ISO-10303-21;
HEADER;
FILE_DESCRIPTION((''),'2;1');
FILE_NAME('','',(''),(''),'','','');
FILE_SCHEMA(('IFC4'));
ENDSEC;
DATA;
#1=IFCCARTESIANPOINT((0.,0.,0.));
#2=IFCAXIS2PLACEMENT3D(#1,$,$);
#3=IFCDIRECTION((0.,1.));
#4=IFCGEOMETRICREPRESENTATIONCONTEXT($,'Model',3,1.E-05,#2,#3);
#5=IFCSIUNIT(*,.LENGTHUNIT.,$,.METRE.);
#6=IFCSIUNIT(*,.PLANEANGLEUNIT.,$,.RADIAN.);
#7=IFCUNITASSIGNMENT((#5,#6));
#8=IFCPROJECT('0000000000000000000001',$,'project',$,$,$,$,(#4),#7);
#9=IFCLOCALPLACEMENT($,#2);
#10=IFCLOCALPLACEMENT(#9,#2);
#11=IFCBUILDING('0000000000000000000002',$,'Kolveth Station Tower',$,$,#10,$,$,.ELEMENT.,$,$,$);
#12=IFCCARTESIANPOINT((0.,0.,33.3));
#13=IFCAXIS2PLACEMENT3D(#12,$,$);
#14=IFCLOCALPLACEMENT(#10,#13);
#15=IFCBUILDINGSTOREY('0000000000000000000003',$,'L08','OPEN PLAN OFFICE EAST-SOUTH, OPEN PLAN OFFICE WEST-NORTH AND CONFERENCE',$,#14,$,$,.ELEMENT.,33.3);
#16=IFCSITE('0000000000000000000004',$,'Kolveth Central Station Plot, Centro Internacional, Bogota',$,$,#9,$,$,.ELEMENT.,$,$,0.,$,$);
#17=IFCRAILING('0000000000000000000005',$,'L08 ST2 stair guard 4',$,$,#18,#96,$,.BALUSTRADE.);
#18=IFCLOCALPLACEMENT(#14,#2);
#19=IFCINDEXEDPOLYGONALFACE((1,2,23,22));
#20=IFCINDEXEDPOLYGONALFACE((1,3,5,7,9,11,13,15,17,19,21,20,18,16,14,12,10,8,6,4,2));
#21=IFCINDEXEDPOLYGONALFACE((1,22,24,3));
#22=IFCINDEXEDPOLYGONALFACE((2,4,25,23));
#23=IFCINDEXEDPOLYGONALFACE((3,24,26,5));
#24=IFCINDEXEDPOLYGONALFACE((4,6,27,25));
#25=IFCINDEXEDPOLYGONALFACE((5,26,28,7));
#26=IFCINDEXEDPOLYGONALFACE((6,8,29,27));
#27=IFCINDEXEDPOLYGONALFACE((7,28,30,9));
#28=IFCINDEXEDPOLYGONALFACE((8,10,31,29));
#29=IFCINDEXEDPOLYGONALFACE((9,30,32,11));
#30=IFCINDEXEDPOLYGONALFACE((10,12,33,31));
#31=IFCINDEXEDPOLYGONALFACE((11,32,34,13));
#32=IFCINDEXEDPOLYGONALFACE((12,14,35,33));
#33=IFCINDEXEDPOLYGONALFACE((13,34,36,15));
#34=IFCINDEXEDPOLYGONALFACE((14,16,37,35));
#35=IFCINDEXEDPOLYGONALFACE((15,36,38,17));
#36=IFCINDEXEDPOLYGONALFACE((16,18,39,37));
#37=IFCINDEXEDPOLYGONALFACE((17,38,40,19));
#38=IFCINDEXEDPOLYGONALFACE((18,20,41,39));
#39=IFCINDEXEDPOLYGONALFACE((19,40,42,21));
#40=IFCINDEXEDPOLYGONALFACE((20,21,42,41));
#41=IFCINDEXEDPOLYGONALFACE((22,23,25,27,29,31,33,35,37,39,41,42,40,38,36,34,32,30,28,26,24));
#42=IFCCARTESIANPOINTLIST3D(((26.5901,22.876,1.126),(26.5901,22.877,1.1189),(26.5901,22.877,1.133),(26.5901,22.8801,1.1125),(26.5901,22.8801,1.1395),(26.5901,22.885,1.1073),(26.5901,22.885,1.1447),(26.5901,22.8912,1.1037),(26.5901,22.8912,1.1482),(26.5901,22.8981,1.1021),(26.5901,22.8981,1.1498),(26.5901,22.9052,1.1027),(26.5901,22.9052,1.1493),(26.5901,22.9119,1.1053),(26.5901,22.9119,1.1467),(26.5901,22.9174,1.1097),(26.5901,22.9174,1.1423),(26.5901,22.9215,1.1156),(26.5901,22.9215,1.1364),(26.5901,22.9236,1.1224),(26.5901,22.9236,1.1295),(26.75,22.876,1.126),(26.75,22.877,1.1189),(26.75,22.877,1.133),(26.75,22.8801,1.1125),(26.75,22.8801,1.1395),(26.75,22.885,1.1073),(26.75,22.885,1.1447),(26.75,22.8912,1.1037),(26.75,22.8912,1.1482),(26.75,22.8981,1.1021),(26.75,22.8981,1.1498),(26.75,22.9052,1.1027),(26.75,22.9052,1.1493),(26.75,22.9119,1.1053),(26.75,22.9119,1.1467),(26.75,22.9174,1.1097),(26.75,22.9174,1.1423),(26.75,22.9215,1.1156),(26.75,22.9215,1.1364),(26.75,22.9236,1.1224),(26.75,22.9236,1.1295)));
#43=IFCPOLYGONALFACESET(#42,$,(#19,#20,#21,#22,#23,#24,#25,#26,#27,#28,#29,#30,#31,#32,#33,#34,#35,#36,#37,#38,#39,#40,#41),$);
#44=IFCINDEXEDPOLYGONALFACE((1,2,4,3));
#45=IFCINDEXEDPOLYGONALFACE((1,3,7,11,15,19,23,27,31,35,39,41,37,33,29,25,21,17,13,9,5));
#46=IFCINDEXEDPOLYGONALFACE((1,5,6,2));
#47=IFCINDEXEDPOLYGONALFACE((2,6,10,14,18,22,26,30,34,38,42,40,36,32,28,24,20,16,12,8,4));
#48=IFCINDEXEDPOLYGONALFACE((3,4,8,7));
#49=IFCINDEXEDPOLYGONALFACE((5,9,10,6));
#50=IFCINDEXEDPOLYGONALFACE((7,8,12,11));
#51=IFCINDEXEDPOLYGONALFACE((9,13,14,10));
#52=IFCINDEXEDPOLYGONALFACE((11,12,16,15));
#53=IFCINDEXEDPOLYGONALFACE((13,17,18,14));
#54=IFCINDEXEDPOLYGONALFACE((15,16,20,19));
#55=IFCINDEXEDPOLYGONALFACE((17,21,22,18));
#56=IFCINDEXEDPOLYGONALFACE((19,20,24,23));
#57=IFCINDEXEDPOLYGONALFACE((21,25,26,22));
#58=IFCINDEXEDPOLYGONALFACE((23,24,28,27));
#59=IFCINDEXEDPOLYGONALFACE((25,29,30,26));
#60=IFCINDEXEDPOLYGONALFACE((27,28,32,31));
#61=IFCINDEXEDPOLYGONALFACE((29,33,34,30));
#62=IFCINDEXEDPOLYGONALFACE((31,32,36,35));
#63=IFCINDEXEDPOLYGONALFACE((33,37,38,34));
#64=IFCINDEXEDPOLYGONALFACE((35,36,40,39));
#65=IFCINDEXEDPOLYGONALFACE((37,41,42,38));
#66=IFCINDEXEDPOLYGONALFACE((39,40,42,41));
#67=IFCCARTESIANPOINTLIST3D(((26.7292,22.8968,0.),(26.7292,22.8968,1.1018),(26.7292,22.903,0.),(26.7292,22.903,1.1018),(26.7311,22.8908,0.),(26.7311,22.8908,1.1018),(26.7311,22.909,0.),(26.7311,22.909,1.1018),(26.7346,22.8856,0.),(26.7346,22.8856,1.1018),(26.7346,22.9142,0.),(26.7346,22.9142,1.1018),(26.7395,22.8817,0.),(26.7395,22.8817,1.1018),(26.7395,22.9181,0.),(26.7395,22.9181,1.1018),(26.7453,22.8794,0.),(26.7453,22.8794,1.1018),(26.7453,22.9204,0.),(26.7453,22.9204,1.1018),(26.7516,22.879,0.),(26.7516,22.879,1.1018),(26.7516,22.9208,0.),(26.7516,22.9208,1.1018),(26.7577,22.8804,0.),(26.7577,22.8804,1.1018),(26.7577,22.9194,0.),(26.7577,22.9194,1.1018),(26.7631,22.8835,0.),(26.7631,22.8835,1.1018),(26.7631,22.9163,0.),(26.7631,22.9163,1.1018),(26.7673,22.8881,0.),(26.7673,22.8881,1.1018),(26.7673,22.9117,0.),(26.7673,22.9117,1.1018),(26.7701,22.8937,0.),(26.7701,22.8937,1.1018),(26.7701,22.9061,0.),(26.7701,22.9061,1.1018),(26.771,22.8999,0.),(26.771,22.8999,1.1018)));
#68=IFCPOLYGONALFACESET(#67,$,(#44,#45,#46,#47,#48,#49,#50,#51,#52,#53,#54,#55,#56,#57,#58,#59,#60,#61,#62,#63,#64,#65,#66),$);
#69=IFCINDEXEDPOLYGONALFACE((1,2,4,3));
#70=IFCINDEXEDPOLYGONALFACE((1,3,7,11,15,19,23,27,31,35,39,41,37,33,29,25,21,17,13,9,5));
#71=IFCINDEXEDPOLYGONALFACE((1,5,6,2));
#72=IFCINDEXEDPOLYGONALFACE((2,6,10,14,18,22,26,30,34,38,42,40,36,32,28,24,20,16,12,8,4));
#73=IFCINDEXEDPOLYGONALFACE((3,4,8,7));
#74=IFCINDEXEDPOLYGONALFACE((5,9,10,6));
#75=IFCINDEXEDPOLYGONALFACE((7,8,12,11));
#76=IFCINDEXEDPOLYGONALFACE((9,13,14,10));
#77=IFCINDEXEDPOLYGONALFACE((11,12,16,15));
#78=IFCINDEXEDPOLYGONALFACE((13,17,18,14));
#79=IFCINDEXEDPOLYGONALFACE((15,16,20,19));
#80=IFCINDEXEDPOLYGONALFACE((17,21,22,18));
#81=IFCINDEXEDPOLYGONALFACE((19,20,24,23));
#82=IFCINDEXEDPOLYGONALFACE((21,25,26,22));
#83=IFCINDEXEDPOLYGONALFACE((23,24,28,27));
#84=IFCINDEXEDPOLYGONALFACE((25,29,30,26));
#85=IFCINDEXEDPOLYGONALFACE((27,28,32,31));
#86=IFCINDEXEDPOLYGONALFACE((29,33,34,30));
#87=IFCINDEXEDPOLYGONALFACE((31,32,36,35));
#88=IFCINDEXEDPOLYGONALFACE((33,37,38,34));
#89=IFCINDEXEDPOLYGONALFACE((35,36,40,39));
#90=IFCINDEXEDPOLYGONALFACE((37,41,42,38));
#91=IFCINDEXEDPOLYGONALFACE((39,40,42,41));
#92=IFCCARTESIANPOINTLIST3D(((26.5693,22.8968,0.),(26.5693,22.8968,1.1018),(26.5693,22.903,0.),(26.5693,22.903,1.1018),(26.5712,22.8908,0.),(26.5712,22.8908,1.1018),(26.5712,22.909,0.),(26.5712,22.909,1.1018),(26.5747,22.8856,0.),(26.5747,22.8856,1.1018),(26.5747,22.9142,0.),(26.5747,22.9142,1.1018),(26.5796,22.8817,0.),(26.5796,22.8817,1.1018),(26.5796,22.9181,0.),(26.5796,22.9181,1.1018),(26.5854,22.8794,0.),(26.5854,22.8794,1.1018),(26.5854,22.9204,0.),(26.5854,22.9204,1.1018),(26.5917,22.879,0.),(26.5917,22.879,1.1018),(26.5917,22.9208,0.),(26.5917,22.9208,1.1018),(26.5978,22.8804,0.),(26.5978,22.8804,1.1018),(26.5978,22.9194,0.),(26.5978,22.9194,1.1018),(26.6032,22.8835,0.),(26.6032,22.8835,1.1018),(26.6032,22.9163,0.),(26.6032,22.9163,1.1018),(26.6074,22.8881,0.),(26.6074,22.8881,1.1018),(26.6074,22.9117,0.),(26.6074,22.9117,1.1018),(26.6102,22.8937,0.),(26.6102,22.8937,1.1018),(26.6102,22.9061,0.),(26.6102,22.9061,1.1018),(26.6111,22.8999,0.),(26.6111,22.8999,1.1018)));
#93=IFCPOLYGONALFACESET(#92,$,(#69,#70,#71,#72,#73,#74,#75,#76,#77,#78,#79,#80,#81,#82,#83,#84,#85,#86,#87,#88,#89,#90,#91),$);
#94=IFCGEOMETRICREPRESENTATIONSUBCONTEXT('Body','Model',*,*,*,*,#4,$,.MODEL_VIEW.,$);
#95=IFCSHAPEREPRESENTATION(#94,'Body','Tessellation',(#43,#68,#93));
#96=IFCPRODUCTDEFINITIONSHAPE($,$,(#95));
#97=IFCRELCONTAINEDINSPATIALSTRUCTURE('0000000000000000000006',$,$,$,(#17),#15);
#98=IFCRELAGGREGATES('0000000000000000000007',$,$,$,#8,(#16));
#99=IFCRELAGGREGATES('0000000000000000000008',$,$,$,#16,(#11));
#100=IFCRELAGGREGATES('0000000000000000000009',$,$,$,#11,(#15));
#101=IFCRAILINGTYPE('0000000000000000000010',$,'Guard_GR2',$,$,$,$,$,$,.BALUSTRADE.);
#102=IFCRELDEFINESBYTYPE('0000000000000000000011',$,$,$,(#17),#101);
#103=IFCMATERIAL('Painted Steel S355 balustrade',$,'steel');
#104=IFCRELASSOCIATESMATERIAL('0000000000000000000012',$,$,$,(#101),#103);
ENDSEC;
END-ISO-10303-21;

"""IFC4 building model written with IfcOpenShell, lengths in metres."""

from ifc_helpers import new_model, si_unit, direction, frame, origin, origin_2d, place, context, subcontext, project, spatial, circle, extrude, material, type_object, element, save


model = new_model("IFC4")

# Units and contexts
model_context = context("Model", 3, precision=1e-05, world=origin(), true_north=direction((0.0, 1.0)))
body_context = subcontext(model_context, "Body", "Model", "MODEL_VIEW")
ifc_project = project(units=[si_unit("LENGTHUNIT", "METRE"), si_unit("PLANEANGLEUNIT", "RADIAN")], contexts=[model_context])

# Site, building, storey
site_placement = place(None, origin())
site = spatial("IfcSite", under=ifc_project, at=site_placement, Name="Kolveth Central Station Plot, Centro Internacional, Bogota", CompositionType="ELEMENT", RefElevation=0.0)
building_placement = place(site_placement, origin())
building = spatial("IfcBuilding", under=site, at=building_placement, Name="Kolveth Station Tower", CompositionType="ELEMENT")
storey_placement = place(building_placement, frame((0.0, 0.0, 33.3)))
storey = spatial("IfcBuildingStorey", under=building, at=storey_placement, Name="L08", Description="OPEN PLAN OFFICE EAST-SOUTH, OPEN PLAN OFFICE WEST-NORTH AND CONFERENCE", CompositionType="ELEMENT", Elevation=33.3)

# Railing
ifc_material_1 = material(Name="Painted Steel S355 balustrade", Category="steel")
railing_type_1 = type_object("IfcRailingType", Name="Guard_GR2", PredefinedType="BALUSTRADE", material=ifc_material_1)
railing_1_placement = place(storey_placement, frame((26.75, 22.8999, 0.0)))
element("IfcRailing", 1, at=railing_1_placement, inside=storey, type_object=railing_type_1, Name="L08 ST2 stair guard 4", PredefinedType="BALUSTRADE", context=body_context, shape_type="SweptSolid", body=[
    extrude(circle(Radius=0.0239, at=origin_2d()), frame((0.0, 0.0, 1.126), z_axis=(-1.0, 0.0, 0.0), x_axis=(0.0, -1.0, 0.0)), (0.0, 0.0, 1.0), 0.1599),
    extrude(circle(Radius=0.021, at=origin_2d()), origin(), (0.0, 0.0, 1.0), 1.1018),
    extrude(circle(Radius=0.021, at=origin_2d()), frame((-0.1599, 0.0, 0.0)), (0.0, 0.0, 1.0), 1.1018),
])

save(model, "model.ifc")
